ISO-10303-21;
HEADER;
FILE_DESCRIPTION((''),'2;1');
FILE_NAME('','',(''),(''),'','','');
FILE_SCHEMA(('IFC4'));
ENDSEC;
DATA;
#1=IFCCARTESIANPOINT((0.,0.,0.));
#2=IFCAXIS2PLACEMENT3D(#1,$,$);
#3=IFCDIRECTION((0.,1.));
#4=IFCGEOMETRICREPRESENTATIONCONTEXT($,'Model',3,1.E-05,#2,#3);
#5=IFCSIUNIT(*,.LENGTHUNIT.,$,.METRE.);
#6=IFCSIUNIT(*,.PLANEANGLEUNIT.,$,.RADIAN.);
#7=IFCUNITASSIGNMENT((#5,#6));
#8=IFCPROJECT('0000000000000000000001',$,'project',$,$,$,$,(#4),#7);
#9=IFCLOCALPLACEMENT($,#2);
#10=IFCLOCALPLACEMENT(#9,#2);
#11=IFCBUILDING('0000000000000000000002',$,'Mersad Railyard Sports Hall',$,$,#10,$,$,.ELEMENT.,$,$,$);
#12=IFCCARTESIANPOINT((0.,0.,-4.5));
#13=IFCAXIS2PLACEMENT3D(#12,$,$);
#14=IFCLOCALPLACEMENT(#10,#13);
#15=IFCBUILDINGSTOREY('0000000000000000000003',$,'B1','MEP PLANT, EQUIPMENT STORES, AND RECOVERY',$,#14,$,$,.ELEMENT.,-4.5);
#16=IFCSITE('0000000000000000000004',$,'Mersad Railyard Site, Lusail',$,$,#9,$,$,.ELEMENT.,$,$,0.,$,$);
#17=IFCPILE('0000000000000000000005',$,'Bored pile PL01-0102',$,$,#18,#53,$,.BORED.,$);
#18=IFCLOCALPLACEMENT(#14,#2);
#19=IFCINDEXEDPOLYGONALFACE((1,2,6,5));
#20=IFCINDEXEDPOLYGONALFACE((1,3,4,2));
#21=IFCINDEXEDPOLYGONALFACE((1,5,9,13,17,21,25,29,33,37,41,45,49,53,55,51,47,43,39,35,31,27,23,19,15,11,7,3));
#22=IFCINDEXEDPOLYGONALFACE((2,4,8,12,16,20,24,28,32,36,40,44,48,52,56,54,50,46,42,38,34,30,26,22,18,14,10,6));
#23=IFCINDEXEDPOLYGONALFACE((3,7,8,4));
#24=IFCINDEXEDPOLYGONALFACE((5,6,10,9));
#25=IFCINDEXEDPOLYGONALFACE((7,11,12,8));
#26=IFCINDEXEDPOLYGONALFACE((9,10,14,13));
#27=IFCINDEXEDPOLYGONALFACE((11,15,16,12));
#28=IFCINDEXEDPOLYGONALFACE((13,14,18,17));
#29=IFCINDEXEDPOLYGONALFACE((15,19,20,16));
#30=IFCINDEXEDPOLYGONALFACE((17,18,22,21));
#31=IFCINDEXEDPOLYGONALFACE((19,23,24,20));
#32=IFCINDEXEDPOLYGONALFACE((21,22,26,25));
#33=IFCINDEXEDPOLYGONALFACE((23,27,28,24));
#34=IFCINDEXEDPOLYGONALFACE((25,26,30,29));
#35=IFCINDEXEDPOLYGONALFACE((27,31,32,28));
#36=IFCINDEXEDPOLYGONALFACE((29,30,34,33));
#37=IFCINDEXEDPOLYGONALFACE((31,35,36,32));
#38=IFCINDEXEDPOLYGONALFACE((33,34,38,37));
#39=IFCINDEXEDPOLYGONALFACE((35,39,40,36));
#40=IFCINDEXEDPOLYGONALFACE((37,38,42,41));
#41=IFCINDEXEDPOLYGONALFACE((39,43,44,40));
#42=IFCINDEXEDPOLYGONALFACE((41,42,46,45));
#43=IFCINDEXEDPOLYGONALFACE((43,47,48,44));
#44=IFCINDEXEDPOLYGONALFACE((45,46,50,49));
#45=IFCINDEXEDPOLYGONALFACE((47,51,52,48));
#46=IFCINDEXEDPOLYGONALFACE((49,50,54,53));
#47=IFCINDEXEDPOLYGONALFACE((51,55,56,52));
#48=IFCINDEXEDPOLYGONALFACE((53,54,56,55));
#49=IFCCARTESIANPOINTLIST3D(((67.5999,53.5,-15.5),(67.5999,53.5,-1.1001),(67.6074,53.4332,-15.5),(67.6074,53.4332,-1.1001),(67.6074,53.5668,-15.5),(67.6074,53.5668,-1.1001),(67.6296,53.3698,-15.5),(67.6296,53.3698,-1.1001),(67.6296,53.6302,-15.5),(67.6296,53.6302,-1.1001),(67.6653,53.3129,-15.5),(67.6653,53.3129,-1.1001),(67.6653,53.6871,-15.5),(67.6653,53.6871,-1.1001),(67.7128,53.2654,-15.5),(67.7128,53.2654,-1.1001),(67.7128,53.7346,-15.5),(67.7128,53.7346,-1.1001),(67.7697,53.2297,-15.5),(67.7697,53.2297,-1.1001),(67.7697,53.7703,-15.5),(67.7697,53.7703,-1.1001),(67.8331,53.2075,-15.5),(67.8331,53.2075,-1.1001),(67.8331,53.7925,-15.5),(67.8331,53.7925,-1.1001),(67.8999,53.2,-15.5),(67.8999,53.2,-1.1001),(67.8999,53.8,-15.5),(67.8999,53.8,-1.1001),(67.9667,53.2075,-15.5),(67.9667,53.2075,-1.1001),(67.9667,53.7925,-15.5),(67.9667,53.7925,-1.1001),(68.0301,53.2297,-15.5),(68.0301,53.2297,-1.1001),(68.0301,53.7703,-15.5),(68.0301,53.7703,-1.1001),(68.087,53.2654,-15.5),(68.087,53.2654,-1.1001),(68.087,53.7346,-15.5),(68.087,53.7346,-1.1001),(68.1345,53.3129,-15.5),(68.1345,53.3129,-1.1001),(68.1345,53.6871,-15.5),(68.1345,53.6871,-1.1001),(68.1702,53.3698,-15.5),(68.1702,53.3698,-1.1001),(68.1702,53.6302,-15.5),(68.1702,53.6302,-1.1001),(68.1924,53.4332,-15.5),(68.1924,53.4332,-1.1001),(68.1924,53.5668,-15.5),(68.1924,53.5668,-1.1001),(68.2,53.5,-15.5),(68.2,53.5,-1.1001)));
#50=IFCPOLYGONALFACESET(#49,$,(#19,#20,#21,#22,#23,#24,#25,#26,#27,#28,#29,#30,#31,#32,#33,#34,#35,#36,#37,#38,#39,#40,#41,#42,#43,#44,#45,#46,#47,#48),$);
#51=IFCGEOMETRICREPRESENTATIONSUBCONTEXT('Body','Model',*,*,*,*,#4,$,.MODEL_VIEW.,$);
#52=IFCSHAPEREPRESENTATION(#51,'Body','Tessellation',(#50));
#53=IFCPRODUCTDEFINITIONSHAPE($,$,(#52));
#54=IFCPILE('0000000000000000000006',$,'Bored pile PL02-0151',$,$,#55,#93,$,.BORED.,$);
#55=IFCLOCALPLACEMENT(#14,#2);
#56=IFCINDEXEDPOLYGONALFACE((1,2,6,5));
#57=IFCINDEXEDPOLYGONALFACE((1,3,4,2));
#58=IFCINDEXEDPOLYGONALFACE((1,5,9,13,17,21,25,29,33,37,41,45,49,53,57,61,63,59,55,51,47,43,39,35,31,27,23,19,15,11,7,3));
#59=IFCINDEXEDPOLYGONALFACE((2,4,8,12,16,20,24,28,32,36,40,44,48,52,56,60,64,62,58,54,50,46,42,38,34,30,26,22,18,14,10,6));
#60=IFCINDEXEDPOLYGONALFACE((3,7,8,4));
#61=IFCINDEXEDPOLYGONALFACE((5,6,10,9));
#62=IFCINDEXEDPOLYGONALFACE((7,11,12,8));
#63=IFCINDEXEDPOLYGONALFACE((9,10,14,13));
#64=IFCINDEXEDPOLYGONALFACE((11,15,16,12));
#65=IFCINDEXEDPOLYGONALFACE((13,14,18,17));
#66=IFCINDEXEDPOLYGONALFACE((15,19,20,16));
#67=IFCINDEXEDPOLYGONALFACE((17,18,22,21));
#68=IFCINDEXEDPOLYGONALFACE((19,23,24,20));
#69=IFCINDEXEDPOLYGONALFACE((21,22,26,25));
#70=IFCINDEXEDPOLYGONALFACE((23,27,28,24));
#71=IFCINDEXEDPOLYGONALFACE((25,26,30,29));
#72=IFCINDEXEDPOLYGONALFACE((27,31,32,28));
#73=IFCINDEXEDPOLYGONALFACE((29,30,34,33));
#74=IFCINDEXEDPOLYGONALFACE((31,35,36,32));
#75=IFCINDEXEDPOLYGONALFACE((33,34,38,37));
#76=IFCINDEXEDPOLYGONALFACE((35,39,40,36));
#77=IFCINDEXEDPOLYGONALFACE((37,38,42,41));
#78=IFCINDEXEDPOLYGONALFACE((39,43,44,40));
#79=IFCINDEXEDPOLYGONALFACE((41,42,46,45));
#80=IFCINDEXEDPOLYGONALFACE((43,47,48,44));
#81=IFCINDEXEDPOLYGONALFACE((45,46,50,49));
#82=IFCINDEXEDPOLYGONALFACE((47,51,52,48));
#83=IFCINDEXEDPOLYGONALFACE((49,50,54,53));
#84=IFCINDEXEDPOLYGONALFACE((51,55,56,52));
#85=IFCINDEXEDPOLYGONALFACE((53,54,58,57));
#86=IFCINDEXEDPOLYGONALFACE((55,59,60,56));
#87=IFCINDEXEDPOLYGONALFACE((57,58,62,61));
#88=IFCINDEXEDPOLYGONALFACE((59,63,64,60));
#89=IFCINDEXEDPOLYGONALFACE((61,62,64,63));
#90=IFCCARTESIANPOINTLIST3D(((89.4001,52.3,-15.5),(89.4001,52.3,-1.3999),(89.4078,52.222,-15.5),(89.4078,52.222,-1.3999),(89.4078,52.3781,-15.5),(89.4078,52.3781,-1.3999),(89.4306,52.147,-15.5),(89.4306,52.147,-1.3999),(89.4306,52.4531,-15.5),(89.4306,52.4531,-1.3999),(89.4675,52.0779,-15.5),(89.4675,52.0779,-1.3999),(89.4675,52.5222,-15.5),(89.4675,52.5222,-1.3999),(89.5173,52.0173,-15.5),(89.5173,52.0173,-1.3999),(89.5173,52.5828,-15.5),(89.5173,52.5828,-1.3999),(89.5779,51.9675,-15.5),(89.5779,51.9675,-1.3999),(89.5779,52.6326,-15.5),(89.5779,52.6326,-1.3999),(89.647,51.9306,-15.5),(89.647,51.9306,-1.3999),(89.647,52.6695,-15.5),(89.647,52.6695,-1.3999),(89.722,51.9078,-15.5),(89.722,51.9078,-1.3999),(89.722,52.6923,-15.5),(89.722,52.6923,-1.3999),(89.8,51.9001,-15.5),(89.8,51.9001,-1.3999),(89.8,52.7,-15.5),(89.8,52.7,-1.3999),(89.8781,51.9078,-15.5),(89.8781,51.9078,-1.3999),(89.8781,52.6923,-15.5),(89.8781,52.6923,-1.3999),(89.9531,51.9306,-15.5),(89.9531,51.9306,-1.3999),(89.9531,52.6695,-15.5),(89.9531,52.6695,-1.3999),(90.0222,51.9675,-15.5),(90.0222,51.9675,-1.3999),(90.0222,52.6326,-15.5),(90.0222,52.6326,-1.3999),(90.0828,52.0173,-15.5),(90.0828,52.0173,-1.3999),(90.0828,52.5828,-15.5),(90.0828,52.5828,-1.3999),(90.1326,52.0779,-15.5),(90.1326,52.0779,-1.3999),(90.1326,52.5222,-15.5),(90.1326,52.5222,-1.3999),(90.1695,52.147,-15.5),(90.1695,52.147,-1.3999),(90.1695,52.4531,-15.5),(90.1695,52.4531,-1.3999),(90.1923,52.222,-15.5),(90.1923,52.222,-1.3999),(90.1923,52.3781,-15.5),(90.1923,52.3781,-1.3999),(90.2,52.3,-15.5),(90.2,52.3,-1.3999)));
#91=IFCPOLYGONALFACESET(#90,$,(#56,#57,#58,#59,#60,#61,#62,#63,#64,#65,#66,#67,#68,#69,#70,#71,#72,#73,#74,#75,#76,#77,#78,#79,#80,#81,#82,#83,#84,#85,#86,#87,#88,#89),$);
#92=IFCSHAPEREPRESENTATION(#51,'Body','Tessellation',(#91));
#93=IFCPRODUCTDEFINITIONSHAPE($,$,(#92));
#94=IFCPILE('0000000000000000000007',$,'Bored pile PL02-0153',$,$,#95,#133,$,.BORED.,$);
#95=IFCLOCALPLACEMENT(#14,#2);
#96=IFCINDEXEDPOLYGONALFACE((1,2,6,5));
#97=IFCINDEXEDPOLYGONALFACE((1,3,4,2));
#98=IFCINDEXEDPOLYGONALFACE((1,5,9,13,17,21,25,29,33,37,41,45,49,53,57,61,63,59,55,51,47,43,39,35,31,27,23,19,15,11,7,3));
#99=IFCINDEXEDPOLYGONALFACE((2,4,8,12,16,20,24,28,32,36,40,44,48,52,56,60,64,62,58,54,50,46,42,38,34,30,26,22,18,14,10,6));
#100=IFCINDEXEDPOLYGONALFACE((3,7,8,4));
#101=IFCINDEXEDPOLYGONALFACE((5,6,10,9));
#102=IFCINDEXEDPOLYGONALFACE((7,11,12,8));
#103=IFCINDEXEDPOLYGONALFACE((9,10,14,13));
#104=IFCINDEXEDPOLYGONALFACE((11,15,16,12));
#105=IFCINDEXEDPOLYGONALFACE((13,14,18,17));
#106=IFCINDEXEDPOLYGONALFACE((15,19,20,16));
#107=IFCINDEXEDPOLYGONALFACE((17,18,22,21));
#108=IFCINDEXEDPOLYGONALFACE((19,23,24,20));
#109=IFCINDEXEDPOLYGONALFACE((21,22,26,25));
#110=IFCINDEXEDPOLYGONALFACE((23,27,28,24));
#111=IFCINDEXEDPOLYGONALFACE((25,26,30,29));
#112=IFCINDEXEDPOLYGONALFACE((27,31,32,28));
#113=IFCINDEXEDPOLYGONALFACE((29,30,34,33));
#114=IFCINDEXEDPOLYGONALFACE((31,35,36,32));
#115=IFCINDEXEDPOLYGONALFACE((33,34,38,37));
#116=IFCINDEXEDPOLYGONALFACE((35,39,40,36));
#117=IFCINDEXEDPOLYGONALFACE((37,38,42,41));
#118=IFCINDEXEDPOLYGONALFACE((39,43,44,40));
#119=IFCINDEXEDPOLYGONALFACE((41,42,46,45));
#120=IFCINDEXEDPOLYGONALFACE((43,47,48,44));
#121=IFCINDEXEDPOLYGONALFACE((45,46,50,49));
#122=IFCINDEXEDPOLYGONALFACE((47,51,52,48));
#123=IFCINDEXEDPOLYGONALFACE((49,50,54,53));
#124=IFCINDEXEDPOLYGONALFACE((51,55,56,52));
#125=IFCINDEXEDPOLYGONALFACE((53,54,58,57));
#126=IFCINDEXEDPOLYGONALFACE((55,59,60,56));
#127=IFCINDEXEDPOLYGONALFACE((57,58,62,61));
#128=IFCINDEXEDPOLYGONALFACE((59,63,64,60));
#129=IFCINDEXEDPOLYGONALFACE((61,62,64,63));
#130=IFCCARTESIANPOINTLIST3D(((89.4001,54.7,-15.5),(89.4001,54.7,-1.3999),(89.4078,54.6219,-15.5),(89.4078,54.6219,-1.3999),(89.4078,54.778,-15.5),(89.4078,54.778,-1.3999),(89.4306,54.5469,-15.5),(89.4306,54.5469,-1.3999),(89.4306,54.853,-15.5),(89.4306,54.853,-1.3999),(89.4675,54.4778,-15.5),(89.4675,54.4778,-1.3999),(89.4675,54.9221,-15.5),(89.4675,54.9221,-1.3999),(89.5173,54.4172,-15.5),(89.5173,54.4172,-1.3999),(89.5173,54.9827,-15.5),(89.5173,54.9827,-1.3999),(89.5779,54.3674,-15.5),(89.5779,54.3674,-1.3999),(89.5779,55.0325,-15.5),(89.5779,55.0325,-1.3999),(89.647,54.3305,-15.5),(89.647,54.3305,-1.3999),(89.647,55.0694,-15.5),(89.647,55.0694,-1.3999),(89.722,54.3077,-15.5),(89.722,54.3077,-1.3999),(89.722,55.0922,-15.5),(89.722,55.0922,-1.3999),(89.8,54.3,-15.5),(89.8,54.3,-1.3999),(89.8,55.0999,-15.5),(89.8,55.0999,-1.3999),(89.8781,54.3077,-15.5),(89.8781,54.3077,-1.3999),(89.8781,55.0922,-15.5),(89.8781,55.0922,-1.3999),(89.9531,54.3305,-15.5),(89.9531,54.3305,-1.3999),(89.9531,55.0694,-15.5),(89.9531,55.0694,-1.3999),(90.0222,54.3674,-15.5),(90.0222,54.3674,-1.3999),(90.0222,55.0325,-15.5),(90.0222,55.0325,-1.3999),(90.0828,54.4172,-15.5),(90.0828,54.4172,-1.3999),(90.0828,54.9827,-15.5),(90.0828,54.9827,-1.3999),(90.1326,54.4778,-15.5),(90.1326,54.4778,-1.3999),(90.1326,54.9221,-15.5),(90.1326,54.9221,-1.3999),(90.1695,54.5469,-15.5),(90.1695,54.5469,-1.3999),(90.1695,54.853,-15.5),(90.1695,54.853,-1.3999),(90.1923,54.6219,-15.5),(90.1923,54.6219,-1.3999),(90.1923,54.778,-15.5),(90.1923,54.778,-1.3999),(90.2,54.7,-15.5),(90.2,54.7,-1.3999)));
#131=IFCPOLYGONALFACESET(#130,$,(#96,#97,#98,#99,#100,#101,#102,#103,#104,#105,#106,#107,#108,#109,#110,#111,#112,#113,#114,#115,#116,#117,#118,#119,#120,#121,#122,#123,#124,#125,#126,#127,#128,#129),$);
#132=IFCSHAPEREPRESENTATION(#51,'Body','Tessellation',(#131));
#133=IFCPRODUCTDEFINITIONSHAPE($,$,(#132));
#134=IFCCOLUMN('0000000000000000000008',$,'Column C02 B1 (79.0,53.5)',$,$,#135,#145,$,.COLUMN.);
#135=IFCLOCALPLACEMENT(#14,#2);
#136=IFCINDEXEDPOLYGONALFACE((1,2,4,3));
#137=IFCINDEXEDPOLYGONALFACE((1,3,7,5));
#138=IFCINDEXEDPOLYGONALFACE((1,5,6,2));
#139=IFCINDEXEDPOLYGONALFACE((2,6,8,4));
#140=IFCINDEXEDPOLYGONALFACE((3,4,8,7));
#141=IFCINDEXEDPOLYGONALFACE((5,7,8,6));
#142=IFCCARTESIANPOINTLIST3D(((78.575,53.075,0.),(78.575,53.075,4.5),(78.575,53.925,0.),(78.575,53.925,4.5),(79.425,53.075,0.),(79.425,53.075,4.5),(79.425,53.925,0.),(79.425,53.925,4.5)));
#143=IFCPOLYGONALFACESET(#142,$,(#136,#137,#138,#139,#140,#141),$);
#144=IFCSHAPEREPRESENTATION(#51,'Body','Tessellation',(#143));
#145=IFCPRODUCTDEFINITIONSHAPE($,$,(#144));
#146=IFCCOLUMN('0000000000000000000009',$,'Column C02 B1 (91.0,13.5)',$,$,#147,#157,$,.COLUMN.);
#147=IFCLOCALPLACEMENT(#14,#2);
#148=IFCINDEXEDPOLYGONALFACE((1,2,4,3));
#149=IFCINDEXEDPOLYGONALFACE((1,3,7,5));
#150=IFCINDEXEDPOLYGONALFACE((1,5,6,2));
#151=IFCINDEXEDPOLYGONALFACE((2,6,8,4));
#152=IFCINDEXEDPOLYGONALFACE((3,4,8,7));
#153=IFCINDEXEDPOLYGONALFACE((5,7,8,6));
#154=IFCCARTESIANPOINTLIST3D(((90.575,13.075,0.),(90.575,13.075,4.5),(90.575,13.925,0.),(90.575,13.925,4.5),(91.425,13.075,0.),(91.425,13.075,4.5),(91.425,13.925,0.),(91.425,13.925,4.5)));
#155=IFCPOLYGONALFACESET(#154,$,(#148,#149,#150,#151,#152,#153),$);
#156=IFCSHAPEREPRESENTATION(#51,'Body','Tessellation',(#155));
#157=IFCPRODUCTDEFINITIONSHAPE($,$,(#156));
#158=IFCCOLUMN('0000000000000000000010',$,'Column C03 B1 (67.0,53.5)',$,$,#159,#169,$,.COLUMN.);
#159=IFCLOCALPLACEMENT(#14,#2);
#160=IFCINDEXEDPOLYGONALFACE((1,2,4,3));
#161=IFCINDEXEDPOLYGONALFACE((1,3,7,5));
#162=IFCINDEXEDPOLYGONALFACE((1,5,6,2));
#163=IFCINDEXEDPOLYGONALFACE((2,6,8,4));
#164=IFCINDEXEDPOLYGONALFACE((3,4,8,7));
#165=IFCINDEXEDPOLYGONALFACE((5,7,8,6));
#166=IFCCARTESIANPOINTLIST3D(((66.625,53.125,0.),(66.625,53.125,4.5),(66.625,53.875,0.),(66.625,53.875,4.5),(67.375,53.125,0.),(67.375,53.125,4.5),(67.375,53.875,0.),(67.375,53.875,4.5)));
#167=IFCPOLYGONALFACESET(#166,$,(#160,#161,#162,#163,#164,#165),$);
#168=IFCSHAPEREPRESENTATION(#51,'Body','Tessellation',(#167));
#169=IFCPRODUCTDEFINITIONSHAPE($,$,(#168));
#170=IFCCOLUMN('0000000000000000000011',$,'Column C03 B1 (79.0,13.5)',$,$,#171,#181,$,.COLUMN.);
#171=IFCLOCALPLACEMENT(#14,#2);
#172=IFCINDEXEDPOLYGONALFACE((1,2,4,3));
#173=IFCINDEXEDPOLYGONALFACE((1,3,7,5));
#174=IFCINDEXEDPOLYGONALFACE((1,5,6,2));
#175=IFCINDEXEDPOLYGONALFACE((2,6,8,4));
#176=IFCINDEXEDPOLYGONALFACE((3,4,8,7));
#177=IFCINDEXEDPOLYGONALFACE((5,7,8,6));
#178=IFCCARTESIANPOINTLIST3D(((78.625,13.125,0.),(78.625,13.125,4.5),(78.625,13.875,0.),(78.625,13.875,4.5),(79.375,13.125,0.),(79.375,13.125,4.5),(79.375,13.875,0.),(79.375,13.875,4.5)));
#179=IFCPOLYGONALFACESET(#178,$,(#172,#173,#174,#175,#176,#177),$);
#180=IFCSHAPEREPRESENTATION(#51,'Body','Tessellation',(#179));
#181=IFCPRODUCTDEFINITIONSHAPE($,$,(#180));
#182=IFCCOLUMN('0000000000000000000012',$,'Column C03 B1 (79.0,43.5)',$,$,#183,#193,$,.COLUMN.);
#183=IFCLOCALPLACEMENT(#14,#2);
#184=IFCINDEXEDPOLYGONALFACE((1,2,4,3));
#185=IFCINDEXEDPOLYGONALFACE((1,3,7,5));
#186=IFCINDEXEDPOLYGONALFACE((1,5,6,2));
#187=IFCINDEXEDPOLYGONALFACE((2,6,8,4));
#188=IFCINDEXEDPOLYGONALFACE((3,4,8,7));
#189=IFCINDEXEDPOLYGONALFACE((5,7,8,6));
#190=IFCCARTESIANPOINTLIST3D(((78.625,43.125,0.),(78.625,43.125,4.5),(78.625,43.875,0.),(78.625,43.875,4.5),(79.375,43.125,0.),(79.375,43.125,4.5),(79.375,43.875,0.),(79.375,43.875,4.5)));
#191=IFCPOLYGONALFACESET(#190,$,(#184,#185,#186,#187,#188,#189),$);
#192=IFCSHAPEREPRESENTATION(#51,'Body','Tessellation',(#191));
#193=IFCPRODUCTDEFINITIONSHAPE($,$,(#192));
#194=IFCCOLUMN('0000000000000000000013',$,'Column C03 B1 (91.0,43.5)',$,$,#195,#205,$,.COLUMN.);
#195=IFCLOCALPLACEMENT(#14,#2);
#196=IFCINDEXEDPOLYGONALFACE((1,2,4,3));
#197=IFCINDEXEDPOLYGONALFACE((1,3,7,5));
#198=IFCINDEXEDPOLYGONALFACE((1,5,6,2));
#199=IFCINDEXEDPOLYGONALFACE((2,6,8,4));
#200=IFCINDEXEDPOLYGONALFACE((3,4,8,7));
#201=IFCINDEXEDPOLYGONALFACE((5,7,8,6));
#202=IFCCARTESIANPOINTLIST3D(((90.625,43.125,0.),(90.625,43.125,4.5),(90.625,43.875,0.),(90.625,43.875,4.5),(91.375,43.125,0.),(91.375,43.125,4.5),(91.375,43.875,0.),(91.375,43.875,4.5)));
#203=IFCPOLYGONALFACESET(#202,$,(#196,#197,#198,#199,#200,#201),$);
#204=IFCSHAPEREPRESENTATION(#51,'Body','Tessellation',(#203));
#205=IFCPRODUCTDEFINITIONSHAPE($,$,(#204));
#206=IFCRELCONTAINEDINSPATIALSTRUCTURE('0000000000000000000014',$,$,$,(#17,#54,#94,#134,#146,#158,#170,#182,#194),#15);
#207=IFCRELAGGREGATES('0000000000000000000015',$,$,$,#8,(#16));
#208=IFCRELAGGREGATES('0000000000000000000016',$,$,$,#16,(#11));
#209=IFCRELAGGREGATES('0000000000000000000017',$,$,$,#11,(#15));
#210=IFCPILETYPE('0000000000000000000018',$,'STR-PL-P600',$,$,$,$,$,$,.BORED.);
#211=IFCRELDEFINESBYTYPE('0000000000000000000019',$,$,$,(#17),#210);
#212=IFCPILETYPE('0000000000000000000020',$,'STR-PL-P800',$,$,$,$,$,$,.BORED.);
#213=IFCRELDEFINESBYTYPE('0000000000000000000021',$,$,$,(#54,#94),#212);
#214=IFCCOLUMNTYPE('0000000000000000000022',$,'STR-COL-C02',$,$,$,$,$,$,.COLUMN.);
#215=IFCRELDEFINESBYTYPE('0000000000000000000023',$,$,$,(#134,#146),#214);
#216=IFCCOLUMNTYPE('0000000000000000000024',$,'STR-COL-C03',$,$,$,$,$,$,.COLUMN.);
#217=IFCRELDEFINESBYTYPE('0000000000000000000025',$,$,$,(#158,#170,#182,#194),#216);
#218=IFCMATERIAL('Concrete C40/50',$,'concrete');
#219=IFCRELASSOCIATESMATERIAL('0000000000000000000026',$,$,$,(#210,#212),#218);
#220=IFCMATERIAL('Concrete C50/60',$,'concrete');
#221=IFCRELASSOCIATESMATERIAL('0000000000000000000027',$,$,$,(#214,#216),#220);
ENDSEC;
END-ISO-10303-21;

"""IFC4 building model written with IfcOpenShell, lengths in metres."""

from ifc_helpers import new_model, si_unit, direction, frame, origin, origin_2d, place, context, subcontext, project, spatial, rectangle, circle, extrude, material, material_profile, profile_set, type_object, element, save


model = new_model("IFC4")

# Units and contexts
model_context = context("Model", 3, precision=1e-05, world=origin(), true_north=direction((0.0, 1.0)))
body_context = subcontext(model_context, "Body", "Model", "MODEL_VIEW")
ifc_project = project(units=[si_unit("LENGTHUNIT", "METRE"), si_unit("PLANEANGLEUNIT", "RADIAN")], contexts=[model_context])

# Site, building, storey
site_placement = place(None, origin())
site = spatial("IfcSite", under=ifc_project, at=site_placement, Name="Mersad Railyard Site, Lusail", CompositionType="ELEMENT", RefElevation=0.0)
building_placement = place(site_placement, origin())
building = spatial("IfcBuilding", under=site, at=building_placement, Name="Mersad Railyard Sports Hall", CompositionType="ELEMENT")
storey_placement = place(building_placement, frame((0.0, 0.0, -4.5)))
storey = spatial("IfcBuildingStorey", under=building, at=storey_placement, Name="B1", Description="MEP PLANT, EQUIPMENT STORES, AND RECOVERY", CompositionType="ELEMENT", Elevation=-4.5)

# Shared definitions
ifc_material_1 = material(Name="Concrete C40/50", Category="concrete")

# Piles
ifc_material_profile_1 = material_profile(ifc_material_1, circle(Radius=0.3, at=origin_2d()), Name="BORED PILE D600")
ifc_profile_set_1 = profile_set([ifc_material_profile_1], Name="Concrete C40/50")
pile_type_1 = type_object("IfcPileType", Name="STR-PL-P600", PredefinedType="BORED", material=ifc_profile_set_1)
pile_1_placement = place(storey_placement, frame((67.8999, 53.5, -1.1001), z_axis=(0.0, 0.0, -1.0), x_axis=(1.0, 0.0, 0.0)))
element("IfcPile", 1, at=pile_1_placement, inside=storey, type_object=pile_type_1, Name="Bored pile PL01-0102", PredefinedType="BORED", context=body_context, shape_type="SweptSolid", body=[
    extrude(circle(Radius=0.3, at=origin_2d()), origin(), (0.0, 0.0, 1.0), 14.3999),
])
ifc_material_profile_2 = material_profile(ifc_material_1, circle(Radius=0.3999, at=origin_2d()), Name="BORED PILE D800")
ifc_profile_set_2 = profile_set([ifc_material_profile_2], Name="Concrete C40/50")
pile_type_2 = type_object("IfcPileType", Name="STR-PL-P800", PredefinedType="BORED", material=ifc_profile_set_2)
for number, where, z_axis, x_axis, name in (
    (2, (89.8, 52.3, -1.3999), (0.0, 0.0, -1.0), (1.0, 0.0, 0.0), "Bored pile PL02-0151"),
    (3, (89.8, 54.7, -1.3999), (0.0, 0.0, -1.0), (1.0, 0.0, 0.0), "Bored pile PL02-0153"),
):
    element("IfcPile", number, at=place(storey_placement, frame(where, z_axis=z_axis, x_axis=x_axis)), inside=storey, type_object=pile_type_2, Name=name, PredefinedType="BORED", context=body_context, shape_type="SweptSolid", body=[
        extrude(circle(Radius=0.3999, at=origin_2d()), origin(), (0.0, 0.0, 1.0), 14.1001),
    ])

# Columns
ifc_material_2 = material(Name="Concrete C50/60", Category="concrete")
ifc_material_profile_3 = material_profile(ifc_material_2, rectangle(XDim=0.8501, YDim=0.8501, at=origin_2d()), Name="RC 850x850")
ifc_profile_set_3 = profile_set([ifc_material_profile_3], Name="Concrete C50/60")
column_type_1 = type_object("IfcColumnType", Name="STR-COL-C02", PredefinedType="COLUMN", material=ifc_profile_set_3)
for number, where, z_axis, x_axis, name in (
    (4, (79.0, 53.5, 0.0), (0.0, 0.0, 1.0), (1.0, 0.0, 0.0), "Column C02 B1 (79.0,53.5)"),
    (5, (91.0, 13.5, 0.0), (0.0, 0.0, 1.0), (1.0, 0.0, 0.0), "Column C02 B1 (91.0,13.5)"),
):
    element("IfcColumn", number, at=place(storey_placement, frame(where, z_axis=z_axis, x_axis=x_axis)), inside=storey, type_object=column_type_1, Name=name, PredefinedType="COLUMN", context=body_context, shape_type="SweptSolid", body=[
        extrude(rectangle(XDim=0.8501, YDim=0.8501, at=origin_2d()), origin(), (0.0, 0.0, 1.0), 4.5),
    ])
ifc_material_profile_4 = material_profile(ifc_material_2, rectangle(XDim=0.75, YDim=0.75, at=origin_2d()), Name="RC 750x750")
ifc_profile_set_4 = profile_set([ifc_material_profile_4], Name="Concrete C50/60")
column_type_2 = type_object("IfcColumnType", Name="STR-COL-C03", PredefinedType="COLUMN", material=ifc_profile_set_4)
for number, where, z_axis, x_axis, name in (
    (6, (67.0, 53.5, 0.0), (0.0, 0.0, 1.0), (1.0, 0.0, 0.0), "Column C03 B1 (67.0,53.5)"),
    (7, (79.0, 13.5, 0.0), (0.0, 0.0, 1.0), (1.0, 0.0, 0.0), "Column C03 B1 (79.0,13.5)"),
    (8, (79.0, 43.5, 0.0), (0.0, 0.0, 1.0), (1.0, 0.0, 0.0), "Column C03 B1 (79.0,43.5)"),
    (9, (91.0, 43.5, 0.0), (0.0, 0.0, 1.0), (1.0, 0.0, 0.0), "Column C03 B1 (91.0,43.5)"),
):
    element("IfcColumn", number, at=place(storey_placement, frame(where, z_axis=z_axis, x_axis=x_axis)), inside=storey, type_object=column_type_2, Name=name, PredefinedType="COLUMN", context=body_context, shape_type="SweptSolid", body=[
        extrude(rectangle(XDim=0.75, YDim=0.75, at=origin_2d()), origin(), (0.0, 0.0, 1.0), 4.5),
    ])

save(model, "model.ifc")
